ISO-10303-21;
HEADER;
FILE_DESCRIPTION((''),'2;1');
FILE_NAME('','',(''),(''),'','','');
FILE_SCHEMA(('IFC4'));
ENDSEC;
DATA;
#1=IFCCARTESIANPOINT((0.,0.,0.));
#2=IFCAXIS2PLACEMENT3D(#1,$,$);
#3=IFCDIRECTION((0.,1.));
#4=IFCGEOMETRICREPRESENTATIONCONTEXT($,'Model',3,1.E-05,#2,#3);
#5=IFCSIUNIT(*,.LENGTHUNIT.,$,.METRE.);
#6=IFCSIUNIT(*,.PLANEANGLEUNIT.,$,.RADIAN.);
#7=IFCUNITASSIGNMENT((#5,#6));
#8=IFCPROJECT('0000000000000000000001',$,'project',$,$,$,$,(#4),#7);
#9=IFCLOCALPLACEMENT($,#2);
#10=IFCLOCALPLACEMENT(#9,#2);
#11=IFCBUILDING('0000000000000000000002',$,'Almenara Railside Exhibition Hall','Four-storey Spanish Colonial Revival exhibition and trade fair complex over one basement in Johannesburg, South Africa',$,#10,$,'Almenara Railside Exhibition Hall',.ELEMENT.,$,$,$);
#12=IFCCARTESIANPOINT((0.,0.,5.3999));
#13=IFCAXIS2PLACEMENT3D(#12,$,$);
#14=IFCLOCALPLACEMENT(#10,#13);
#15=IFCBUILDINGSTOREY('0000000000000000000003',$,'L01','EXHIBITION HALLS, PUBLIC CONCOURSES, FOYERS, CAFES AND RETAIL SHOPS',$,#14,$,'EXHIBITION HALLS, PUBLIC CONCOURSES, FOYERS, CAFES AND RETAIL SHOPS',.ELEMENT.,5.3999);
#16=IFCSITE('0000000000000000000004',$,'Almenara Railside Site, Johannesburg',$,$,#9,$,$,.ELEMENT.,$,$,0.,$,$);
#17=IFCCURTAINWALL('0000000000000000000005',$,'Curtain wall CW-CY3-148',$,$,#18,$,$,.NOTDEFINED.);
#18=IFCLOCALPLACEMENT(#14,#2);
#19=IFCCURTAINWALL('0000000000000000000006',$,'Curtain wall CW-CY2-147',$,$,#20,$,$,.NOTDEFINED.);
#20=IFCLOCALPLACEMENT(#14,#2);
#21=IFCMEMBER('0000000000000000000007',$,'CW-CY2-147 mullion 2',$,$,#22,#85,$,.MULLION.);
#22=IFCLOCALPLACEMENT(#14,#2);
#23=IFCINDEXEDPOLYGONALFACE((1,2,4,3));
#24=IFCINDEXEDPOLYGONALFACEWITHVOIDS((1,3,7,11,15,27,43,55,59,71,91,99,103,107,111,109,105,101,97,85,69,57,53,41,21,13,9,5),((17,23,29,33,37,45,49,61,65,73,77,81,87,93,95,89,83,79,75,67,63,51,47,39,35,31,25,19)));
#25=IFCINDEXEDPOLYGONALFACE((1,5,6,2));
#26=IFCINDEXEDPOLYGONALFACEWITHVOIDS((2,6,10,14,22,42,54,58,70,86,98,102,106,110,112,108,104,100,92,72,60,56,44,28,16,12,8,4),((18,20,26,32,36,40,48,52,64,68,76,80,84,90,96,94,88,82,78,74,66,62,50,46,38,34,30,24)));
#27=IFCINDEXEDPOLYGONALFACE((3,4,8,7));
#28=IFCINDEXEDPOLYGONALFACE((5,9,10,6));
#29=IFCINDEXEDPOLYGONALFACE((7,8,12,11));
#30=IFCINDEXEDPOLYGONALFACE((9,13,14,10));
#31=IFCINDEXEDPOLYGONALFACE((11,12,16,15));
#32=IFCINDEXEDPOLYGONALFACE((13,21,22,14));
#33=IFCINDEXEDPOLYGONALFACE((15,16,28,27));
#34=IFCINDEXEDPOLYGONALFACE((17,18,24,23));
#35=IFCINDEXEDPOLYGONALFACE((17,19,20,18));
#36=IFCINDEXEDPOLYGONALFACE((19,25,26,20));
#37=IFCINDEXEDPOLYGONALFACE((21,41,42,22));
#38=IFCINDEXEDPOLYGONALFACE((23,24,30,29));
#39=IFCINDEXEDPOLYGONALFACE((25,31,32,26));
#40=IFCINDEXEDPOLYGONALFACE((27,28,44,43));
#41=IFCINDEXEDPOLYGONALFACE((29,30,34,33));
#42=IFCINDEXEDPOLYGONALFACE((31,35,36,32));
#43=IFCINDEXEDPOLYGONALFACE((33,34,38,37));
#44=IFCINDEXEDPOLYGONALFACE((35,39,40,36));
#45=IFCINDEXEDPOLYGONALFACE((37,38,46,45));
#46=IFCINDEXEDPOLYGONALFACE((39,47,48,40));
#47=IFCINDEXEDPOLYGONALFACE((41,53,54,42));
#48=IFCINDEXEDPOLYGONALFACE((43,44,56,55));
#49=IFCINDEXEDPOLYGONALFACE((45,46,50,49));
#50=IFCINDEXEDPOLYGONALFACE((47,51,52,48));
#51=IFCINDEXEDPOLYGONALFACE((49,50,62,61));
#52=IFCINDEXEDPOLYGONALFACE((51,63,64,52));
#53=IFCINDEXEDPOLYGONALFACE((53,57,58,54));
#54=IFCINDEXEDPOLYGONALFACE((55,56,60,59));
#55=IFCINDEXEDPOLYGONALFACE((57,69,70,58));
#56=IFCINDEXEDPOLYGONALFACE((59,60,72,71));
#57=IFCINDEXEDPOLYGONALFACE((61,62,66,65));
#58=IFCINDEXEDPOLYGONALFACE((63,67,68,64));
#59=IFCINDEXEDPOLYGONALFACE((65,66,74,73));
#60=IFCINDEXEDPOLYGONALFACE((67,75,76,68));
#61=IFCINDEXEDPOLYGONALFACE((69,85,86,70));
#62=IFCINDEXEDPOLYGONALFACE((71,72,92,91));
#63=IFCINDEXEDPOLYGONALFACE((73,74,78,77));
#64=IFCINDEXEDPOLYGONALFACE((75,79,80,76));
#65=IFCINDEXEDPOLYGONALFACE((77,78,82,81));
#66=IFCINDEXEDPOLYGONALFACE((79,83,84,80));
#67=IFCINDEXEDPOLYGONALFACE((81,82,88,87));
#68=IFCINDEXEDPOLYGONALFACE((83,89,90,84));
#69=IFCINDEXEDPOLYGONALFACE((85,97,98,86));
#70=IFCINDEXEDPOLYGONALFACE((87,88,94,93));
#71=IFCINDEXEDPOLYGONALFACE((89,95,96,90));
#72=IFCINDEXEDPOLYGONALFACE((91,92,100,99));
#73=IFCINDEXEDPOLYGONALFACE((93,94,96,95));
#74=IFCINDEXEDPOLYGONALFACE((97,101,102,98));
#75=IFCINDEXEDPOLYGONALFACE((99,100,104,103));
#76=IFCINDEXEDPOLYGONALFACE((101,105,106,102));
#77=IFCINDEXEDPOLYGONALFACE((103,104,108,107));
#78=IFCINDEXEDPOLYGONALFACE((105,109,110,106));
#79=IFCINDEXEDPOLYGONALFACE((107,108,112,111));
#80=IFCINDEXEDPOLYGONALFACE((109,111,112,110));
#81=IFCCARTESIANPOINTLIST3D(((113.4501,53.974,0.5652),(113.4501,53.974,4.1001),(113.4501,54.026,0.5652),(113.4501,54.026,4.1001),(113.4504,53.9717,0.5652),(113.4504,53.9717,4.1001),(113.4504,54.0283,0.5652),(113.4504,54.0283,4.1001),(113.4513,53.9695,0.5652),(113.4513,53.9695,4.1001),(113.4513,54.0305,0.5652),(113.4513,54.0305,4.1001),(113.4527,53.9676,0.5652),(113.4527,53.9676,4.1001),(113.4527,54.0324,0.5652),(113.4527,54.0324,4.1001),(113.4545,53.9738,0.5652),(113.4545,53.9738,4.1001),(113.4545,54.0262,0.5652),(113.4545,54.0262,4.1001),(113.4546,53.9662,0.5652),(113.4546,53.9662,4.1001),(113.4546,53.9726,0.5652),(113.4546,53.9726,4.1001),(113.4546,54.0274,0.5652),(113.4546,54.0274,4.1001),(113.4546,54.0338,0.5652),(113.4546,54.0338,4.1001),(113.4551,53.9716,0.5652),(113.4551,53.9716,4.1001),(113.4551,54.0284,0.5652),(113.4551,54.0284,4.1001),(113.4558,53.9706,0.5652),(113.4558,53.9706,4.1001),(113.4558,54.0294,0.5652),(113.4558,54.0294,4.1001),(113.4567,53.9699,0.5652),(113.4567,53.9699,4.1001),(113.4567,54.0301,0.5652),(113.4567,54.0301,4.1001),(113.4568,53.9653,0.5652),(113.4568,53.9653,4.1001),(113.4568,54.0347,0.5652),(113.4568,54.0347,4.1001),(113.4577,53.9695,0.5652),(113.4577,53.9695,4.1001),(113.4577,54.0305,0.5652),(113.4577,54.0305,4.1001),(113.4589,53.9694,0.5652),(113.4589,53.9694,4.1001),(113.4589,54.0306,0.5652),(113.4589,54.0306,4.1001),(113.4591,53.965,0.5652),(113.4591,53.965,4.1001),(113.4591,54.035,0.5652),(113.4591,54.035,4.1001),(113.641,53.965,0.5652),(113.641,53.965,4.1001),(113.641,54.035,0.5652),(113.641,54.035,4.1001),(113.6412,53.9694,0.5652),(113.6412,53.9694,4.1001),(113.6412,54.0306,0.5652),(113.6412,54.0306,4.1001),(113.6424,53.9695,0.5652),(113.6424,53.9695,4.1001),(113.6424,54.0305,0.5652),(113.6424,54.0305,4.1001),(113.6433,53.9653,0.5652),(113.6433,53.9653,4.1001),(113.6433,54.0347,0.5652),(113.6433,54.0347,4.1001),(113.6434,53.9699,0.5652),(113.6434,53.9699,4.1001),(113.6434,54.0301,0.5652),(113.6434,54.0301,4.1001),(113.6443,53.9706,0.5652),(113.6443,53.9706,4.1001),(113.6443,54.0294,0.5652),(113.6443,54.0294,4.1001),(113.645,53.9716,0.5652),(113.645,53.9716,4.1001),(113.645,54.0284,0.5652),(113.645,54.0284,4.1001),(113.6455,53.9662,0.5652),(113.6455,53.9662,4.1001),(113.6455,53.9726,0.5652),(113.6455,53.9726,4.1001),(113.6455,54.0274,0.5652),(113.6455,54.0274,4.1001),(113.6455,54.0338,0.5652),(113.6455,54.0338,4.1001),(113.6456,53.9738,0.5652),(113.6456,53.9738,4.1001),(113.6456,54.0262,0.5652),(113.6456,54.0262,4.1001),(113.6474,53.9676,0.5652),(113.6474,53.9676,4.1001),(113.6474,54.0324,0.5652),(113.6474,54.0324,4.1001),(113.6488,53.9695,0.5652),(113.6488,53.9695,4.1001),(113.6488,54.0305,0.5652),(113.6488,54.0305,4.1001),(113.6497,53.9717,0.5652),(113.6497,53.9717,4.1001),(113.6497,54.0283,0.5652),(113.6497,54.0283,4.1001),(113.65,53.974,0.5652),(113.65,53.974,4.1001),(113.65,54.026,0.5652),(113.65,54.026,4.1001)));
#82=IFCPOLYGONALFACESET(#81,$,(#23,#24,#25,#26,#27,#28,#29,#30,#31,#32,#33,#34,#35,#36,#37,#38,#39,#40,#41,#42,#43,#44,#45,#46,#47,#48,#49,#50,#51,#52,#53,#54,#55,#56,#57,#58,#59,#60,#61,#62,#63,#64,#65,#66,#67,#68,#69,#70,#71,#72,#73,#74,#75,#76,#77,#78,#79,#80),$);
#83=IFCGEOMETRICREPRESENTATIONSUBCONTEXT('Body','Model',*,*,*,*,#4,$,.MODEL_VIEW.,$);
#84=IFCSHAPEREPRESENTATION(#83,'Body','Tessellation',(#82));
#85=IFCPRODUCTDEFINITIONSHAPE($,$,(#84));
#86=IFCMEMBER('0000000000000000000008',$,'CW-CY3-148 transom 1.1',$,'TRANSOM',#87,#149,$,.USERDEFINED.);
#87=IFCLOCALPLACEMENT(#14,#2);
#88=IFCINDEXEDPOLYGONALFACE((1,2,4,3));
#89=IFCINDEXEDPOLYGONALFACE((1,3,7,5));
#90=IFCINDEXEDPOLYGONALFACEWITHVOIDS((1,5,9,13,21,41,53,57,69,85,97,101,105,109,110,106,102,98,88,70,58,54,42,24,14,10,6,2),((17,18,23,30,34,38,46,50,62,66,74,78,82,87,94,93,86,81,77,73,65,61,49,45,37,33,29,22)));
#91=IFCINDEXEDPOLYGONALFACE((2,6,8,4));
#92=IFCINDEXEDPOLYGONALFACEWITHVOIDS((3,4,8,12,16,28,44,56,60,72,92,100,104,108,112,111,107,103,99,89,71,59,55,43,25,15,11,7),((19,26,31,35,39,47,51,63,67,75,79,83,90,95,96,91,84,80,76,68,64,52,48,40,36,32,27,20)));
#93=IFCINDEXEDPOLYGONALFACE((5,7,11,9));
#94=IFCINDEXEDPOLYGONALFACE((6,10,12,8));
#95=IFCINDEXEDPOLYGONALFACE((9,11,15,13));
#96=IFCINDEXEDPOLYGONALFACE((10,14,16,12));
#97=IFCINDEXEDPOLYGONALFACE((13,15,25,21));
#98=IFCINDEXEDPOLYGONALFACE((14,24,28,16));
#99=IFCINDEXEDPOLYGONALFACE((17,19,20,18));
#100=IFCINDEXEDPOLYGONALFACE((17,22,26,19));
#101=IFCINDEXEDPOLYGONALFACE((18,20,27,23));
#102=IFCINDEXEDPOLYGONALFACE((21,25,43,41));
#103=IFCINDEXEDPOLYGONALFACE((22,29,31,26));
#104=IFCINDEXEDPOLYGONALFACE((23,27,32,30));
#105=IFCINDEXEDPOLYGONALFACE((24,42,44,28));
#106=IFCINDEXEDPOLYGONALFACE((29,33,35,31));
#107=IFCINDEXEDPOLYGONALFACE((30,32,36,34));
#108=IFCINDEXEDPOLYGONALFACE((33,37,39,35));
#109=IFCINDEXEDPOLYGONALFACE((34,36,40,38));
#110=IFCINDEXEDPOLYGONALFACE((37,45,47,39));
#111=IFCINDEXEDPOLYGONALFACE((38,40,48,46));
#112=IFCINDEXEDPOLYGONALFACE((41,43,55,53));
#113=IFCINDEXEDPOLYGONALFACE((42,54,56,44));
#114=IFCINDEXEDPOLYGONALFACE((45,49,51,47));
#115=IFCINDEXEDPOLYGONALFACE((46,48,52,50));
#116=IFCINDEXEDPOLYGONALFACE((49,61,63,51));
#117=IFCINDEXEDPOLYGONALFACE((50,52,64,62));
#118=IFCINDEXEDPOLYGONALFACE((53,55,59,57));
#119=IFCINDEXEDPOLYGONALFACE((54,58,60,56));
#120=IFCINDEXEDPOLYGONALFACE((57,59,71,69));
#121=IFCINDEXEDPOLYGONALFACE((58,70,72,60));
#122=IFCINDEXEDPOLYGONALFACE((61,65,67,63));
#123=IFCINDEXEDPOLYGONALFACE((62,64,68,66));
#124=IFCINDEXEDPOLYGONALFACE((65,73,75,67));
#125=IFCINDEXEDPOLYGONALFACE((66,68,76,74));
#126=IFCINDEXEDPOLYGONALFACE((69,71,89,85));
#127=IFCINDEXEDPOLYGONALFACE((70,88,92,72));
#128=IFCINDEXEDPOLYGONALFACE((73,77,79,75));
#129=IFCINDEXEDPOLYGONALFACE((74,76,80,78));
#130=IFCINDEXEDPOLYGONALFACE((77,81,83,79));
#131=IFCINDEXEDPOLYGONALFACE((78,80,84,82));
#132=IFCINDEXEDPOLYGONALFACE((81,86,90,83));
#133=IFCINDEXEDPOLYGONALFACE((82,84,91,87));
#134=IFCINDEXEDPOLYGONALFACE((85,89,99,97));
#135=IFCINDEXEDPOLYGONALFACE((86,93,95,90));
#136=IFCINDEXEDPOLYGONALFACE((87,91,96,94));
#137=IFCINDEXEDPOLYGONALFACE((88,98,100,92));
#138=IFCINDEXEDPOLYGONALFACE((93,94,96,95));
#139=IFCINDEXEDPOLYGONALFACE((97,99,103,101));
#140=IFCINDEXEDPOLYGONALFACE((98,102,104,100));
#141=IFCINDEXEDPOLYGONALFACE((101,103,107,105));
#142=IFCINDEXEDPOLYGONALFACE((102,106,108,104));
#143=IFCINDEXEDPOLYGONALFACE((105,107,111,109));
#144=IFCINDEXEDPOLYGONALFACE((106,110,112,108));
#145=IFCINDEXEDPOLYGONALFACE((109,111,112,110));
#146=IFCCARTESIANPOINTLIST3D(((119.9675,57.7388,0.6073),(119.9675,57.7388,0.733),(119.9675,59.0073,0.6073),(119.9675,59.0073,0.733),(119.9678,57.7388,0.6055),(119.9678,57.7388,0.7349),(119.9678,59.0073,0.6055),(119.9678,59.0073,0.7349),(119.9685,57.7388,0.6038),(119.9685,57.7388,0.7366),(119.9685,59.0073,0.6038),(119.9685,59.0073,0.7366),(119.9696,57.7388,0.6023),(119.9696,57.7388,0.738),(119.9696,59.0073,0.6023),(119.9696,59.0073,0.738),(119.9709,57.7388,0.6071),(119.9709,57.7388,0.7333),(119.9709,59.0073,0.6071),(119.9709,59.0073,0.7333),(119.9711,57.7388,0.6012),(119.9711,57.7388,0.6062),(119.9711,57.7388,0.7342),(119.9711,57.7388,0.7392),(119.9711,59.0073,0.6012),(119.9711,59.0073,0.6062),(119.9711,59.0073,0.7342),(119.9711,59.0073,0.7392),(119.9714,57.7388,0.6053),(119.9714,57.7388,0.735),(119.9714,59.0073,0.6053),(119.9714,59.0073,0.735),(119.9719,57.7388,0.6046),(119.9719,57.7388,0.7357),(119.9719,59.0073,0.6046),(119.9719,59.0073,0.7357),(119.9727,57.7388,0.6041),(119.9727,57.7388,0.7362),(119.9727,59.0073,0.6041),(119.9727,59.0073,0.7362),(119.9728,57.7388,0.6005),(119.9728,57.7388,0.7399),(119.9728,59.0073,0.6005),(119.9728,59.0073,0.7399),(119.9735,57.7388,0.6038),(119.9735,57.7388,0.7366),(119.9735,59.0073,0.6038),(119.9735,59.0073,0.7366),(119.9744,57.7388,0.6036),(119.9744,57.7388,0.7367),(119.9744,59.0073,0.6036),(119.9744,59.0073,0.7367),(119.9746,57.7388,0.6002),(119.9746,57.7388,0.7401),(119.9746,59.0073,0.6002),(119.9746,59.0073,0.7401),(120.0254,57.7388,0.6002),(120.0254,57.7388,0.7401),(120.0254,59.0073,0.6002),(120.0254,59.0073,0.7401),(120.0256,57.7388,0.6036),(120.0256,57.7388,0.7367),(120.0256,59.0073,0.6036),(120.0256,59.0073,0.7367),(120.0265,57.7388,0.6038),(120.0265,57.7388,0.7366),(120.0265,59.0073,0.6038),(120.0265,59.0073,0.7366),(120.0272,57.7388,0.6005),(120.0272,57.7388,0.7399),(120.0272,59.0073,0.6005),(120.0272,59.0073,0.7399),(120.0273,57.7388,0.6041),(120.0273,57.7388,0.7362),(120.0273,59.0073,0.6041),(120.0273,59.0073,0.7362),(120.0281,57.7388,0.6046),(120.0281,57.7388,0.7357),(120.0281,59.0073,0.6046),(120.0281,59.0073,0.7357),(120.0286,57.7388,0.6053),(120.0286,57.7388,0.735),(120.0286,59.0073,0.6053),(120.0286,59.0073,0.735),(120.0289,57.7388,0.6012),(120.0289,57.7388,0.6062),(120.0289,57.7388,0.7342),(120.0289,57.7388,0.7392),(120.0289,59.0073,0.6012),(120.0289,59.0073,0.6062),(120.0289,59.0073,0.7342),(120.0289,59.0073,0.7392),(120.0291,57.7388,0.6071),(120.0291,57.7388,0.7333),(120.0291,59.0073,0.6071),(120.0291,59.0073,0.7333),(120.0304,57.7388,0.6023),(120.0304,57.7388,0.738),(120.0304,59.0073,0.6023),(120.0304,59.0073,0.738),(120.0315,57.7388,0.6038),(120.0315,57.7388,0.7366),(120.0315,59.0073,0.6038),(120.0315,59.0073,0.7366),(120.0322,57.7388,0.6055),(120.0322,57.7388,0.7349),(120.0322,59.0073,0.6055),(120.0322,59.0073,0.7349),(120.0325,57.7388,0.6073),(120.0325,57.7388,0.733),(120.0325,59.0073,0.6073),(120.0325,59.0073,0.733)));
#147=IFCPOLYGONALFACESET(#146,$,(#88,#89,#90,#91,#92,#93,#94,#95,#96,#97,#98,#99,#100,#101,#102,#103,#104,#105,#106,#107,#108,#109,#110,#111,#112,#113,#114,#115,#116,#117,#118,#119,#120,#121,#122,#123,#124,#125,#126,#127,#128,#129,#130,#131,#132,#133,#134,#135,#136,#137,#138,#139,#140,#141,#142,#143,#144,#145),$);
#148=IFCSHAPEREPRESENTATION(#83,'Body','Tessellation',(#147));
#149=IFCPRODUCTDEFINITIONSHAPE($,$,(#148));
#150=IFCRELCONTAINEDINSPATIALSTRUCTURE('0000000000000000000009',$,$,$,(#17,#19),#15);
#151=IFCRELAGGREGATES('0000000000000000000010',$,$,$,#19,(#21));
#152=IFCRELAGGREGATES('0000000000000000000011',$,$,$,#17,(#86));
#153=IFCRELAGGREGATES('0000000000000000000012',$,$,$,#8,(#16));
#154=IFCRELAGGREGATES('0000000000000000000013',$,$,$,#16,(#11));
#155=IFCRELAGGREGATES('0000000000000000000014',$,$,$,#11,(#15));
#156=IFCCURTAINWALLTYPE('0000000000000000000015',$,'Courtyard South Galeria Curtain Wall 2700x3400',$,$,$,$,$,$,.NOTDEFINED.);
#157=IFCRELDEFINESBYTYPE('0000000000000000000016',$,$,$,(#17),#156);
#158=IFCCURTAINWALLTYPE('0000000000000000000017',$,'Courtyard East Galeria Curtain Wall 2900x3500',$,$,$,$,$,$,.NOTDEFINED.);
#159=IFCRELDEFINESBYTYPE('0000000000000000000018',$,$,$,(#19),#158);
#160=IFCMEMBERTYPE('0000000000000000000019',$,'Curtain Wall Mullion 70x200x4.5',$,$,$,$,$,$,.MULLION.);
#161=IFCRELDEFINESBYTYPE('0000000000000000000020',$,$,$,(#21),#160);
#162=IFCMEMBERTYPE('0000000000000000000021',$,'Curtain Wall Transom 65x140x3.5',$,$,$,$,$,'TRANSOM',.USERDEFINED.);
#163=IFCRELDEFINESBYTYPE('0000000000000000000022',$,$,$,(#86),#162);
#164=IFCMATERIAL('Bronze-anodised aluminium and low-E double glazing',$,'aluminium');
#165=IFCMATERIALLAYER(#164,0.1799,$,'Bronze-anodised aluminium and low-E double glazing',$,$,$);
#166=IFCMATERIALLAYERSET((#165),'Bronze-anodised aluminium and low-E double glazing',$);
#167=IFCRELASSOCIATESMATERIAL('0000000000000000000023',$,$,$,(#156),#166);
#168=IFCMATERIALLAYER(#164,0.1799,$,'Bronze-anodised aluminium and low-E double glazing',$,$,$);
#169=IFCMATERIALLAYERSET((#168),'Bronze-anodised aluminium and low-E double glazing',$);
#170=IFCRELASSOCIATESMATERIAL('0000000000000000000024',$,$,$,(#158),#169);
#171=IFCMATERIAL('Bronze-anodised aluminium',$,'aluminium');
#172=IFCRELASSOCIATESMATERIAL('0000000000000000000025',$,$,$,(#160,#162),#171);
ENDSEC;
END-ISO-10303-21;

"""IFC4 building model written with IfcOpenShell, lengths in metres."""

from ifc_helpers import new_model, si_unit, direction, frame, origin, origin_2d, place, context, subcontext, project, spatial, hollow_rectangle, extrude, material, layer, layer_set, material_profile, profile_set, type_object, element, aggregate, save


model = new_model("IFC4")

# Units and contexts
model_context = context("Model", 3, precision=1e-05, world=origin(), true_north=direction((0.0, 1.0)))
body_context = subcontext(model_context, "Body", "Model", "MODEL_VIEW")
ifc_project = project(units=[si_unit("LENGTHUNIT", "METRE"), si_unit("PLANEANGLEUNIT", "RADIAN")], contexts=[model_context])

# Site, building, storey
site_placement = place(None, origin())
site = spatial("IfcSite", under=ifc_project, at=site_placement, Name="Almenara Railside Site, Johannesburg", CompositionType="ELEMENT", RefElevation=0.0)
building_placement = place(site_placement, origin())
building = spatial("IfcBuilding", under=site, at=building_placement, Name="Almenara Railside Exhibition Hall", Description="Four-storey Spanish Colonial Revival exhibition and trade fair complex over one basement in Johannesburg, South Africa", LongName="Almenara Railside Exhibition Hall", CompositionType="ELEMENT")
storey_placement = place(building_placement, frame((0.0, 0.0, 5.3999)))
storey = spatial("IfcBuildingStorey", under=building, at=storey_placement, Name="L01", Description="EXHIBITION HALLS, PUBLIC CONCOURSES, FOYERS, CAFES AND RETAIL SHOPS", LongName="EXHIBITION HALLS, PUBLIC CONCOURSES, FOYERS, CAFES AND RETAIL SHOPS", CompositionType="ELEMENT", Elevation=5.3999)

# Curtain wall
ifc_material_1 = material(Name="Bronze-anodised aluminium and low-E double glazing", Category="aluminium")
ifc_layer_1 = layer(ifc_material_1, 0.1799, Name="Bronze-anodised aluminium and low-E double glazing")
ifc_layer_set_1 = layer_set([ifc_layer_1], Name="Bronze-anodised aluminium and low-E double glazing")
curtain_wall_type_1 = type_object("IfcCurtainWallType", Name="Courtyard South Galeria Curtain Wall 2700x3400", PredefinedType="NOTDEFINED", material=ifc_layer_set_1)
curtain_wall_1_placement = place(storey_placement, origin())
curtain_wall_1 = element("IfcCurtainWall", 1, at=curtain_wall_1_placement, inside=storey, type_object=curtain_wall_type_1, Name="Curtain wall CW-CY3-148", PredefinedType="NOTDEFINED")
ifc_material_2 = material(Name="Bronze-anodised aluminium", Category="aluminium")

# Curtain wall, member
ifc_layer_2 = layer(ifc_material_1, 0.1799, Name="Bronze-anodised aluminium and low-E double glazing")
ifc_layer_set_2 = layer_set([ifc_layer_2], Name="Bronze-anodised aluminium and low-E double glazing")
curtain_wall_type_2 = type_object("IfcCurtainWallType", Name="Courtyard East Galeria Curtain Wall 2900x3500", PredefinedType="NOTDEFINED", material=ifc_layer_set_2)
curtain_wall_2_placement = place(storey_placement, origin())
curtain_wall_2 = element("IfcCurtainWall", 2, at=curtain_wall_2_placement, inside=storey, type_object=curtain_wall_type_2, Name="Curtain wall CW-CY2-147", PredefinedType="NOTDEFINED")
ifc_material_profile_1 = material_profile(ifc_material_2, hollow_rectangle(XDim=0.0701, YDim=0.2, WallThickness=0.0044, InnerFilletRadius=0.0044, OuterFilletRadius=0.009, at=origin_2d()), Name="ALU-MUL 70x200x4.5")
ifc_profile_set_1 = profile_set([ifc_material_profile_1], Name="Bronze-anodised aluminium")
member_type_1 = type_object("IfcMemberType", Name="Curtain Wall Mullion 70x200x4.5", PredefinedType="MULLION", material=ifc_profile_set_1)
member_1_placement = place(storey_placement, frame((113.55, 54.0, 0.5652), z_axis=(0.0, 0.0, 1.0), x_axis=(0.0, 1.0, 0.0)))
member_1 = element("IfcMember", 3, at=member_1_placement, type_object=member_type_1, Name="CW-CY2-147 mullion 2", PredefinedType="MULLION", context=body_context, shape_type="SweptSolid", body=[
    extrude(hollow_rectangle(XDim=0.0701, YDim=0.2, WallThickness=0.0044, InnerFilletRadius=0.0044, OuterFilletRadius=0.009, at=origin_2d()), origin(), (0.0, 0.0, 1.0), 3.5349),
])

# Member
ifc_material_profile_2 = material_profile(ifc_material_2, hollow_rectangle(XDim=0.0649, YDim=0.1399, WallThickness=0.0034, InnerFilletRadius=0.0034, OuterFilletRadius=0.0071, at=origin_2d()), Name="ALU-TRN 65x140x3.5")
ifc_profile_set_2 = profile_set([ifc_material_profile_2], Name="Bronze-anodised aluminium")
member_type_2 = type_object("IfcMemberType", Name="Curtain Wall Transom 65x140x3.5", ElementType="TRANSOM", PredefinedType="USERDEFINED", material=ifc_profile_set_2)
member_2_placement = place(storey_placement, frame((120.0, 57.7388, 0.6702), z_axis=(0.0, 1.0, 0.0), x_axis=(-1.0, 0.0, 0.0)))
member_2 = element("IfcMember", 4, at=member_2_placement, type_object=member_type_2, Name="CW-CY3-148 transom 1.1", ObjectType="TRANSOM", PredefinedType="USERDEFINED", context=body_context, shape_type="SweptSolid", body=[
    extrude(hollow_rectangle(XDim=0.0649, YDim=0.1399, WallThickness=0.0034, InnerFilletRadius=0.0034, OuterFilletRadius=0.0071, at=origin_2d()), origin(), (0.0, 0.0, 1.0), 1.2686),
])

aggregate(curtain_wall_2, [member_1])
aggregate(curtain_wall_1, [member_2])

save(model, "model.ifc")
